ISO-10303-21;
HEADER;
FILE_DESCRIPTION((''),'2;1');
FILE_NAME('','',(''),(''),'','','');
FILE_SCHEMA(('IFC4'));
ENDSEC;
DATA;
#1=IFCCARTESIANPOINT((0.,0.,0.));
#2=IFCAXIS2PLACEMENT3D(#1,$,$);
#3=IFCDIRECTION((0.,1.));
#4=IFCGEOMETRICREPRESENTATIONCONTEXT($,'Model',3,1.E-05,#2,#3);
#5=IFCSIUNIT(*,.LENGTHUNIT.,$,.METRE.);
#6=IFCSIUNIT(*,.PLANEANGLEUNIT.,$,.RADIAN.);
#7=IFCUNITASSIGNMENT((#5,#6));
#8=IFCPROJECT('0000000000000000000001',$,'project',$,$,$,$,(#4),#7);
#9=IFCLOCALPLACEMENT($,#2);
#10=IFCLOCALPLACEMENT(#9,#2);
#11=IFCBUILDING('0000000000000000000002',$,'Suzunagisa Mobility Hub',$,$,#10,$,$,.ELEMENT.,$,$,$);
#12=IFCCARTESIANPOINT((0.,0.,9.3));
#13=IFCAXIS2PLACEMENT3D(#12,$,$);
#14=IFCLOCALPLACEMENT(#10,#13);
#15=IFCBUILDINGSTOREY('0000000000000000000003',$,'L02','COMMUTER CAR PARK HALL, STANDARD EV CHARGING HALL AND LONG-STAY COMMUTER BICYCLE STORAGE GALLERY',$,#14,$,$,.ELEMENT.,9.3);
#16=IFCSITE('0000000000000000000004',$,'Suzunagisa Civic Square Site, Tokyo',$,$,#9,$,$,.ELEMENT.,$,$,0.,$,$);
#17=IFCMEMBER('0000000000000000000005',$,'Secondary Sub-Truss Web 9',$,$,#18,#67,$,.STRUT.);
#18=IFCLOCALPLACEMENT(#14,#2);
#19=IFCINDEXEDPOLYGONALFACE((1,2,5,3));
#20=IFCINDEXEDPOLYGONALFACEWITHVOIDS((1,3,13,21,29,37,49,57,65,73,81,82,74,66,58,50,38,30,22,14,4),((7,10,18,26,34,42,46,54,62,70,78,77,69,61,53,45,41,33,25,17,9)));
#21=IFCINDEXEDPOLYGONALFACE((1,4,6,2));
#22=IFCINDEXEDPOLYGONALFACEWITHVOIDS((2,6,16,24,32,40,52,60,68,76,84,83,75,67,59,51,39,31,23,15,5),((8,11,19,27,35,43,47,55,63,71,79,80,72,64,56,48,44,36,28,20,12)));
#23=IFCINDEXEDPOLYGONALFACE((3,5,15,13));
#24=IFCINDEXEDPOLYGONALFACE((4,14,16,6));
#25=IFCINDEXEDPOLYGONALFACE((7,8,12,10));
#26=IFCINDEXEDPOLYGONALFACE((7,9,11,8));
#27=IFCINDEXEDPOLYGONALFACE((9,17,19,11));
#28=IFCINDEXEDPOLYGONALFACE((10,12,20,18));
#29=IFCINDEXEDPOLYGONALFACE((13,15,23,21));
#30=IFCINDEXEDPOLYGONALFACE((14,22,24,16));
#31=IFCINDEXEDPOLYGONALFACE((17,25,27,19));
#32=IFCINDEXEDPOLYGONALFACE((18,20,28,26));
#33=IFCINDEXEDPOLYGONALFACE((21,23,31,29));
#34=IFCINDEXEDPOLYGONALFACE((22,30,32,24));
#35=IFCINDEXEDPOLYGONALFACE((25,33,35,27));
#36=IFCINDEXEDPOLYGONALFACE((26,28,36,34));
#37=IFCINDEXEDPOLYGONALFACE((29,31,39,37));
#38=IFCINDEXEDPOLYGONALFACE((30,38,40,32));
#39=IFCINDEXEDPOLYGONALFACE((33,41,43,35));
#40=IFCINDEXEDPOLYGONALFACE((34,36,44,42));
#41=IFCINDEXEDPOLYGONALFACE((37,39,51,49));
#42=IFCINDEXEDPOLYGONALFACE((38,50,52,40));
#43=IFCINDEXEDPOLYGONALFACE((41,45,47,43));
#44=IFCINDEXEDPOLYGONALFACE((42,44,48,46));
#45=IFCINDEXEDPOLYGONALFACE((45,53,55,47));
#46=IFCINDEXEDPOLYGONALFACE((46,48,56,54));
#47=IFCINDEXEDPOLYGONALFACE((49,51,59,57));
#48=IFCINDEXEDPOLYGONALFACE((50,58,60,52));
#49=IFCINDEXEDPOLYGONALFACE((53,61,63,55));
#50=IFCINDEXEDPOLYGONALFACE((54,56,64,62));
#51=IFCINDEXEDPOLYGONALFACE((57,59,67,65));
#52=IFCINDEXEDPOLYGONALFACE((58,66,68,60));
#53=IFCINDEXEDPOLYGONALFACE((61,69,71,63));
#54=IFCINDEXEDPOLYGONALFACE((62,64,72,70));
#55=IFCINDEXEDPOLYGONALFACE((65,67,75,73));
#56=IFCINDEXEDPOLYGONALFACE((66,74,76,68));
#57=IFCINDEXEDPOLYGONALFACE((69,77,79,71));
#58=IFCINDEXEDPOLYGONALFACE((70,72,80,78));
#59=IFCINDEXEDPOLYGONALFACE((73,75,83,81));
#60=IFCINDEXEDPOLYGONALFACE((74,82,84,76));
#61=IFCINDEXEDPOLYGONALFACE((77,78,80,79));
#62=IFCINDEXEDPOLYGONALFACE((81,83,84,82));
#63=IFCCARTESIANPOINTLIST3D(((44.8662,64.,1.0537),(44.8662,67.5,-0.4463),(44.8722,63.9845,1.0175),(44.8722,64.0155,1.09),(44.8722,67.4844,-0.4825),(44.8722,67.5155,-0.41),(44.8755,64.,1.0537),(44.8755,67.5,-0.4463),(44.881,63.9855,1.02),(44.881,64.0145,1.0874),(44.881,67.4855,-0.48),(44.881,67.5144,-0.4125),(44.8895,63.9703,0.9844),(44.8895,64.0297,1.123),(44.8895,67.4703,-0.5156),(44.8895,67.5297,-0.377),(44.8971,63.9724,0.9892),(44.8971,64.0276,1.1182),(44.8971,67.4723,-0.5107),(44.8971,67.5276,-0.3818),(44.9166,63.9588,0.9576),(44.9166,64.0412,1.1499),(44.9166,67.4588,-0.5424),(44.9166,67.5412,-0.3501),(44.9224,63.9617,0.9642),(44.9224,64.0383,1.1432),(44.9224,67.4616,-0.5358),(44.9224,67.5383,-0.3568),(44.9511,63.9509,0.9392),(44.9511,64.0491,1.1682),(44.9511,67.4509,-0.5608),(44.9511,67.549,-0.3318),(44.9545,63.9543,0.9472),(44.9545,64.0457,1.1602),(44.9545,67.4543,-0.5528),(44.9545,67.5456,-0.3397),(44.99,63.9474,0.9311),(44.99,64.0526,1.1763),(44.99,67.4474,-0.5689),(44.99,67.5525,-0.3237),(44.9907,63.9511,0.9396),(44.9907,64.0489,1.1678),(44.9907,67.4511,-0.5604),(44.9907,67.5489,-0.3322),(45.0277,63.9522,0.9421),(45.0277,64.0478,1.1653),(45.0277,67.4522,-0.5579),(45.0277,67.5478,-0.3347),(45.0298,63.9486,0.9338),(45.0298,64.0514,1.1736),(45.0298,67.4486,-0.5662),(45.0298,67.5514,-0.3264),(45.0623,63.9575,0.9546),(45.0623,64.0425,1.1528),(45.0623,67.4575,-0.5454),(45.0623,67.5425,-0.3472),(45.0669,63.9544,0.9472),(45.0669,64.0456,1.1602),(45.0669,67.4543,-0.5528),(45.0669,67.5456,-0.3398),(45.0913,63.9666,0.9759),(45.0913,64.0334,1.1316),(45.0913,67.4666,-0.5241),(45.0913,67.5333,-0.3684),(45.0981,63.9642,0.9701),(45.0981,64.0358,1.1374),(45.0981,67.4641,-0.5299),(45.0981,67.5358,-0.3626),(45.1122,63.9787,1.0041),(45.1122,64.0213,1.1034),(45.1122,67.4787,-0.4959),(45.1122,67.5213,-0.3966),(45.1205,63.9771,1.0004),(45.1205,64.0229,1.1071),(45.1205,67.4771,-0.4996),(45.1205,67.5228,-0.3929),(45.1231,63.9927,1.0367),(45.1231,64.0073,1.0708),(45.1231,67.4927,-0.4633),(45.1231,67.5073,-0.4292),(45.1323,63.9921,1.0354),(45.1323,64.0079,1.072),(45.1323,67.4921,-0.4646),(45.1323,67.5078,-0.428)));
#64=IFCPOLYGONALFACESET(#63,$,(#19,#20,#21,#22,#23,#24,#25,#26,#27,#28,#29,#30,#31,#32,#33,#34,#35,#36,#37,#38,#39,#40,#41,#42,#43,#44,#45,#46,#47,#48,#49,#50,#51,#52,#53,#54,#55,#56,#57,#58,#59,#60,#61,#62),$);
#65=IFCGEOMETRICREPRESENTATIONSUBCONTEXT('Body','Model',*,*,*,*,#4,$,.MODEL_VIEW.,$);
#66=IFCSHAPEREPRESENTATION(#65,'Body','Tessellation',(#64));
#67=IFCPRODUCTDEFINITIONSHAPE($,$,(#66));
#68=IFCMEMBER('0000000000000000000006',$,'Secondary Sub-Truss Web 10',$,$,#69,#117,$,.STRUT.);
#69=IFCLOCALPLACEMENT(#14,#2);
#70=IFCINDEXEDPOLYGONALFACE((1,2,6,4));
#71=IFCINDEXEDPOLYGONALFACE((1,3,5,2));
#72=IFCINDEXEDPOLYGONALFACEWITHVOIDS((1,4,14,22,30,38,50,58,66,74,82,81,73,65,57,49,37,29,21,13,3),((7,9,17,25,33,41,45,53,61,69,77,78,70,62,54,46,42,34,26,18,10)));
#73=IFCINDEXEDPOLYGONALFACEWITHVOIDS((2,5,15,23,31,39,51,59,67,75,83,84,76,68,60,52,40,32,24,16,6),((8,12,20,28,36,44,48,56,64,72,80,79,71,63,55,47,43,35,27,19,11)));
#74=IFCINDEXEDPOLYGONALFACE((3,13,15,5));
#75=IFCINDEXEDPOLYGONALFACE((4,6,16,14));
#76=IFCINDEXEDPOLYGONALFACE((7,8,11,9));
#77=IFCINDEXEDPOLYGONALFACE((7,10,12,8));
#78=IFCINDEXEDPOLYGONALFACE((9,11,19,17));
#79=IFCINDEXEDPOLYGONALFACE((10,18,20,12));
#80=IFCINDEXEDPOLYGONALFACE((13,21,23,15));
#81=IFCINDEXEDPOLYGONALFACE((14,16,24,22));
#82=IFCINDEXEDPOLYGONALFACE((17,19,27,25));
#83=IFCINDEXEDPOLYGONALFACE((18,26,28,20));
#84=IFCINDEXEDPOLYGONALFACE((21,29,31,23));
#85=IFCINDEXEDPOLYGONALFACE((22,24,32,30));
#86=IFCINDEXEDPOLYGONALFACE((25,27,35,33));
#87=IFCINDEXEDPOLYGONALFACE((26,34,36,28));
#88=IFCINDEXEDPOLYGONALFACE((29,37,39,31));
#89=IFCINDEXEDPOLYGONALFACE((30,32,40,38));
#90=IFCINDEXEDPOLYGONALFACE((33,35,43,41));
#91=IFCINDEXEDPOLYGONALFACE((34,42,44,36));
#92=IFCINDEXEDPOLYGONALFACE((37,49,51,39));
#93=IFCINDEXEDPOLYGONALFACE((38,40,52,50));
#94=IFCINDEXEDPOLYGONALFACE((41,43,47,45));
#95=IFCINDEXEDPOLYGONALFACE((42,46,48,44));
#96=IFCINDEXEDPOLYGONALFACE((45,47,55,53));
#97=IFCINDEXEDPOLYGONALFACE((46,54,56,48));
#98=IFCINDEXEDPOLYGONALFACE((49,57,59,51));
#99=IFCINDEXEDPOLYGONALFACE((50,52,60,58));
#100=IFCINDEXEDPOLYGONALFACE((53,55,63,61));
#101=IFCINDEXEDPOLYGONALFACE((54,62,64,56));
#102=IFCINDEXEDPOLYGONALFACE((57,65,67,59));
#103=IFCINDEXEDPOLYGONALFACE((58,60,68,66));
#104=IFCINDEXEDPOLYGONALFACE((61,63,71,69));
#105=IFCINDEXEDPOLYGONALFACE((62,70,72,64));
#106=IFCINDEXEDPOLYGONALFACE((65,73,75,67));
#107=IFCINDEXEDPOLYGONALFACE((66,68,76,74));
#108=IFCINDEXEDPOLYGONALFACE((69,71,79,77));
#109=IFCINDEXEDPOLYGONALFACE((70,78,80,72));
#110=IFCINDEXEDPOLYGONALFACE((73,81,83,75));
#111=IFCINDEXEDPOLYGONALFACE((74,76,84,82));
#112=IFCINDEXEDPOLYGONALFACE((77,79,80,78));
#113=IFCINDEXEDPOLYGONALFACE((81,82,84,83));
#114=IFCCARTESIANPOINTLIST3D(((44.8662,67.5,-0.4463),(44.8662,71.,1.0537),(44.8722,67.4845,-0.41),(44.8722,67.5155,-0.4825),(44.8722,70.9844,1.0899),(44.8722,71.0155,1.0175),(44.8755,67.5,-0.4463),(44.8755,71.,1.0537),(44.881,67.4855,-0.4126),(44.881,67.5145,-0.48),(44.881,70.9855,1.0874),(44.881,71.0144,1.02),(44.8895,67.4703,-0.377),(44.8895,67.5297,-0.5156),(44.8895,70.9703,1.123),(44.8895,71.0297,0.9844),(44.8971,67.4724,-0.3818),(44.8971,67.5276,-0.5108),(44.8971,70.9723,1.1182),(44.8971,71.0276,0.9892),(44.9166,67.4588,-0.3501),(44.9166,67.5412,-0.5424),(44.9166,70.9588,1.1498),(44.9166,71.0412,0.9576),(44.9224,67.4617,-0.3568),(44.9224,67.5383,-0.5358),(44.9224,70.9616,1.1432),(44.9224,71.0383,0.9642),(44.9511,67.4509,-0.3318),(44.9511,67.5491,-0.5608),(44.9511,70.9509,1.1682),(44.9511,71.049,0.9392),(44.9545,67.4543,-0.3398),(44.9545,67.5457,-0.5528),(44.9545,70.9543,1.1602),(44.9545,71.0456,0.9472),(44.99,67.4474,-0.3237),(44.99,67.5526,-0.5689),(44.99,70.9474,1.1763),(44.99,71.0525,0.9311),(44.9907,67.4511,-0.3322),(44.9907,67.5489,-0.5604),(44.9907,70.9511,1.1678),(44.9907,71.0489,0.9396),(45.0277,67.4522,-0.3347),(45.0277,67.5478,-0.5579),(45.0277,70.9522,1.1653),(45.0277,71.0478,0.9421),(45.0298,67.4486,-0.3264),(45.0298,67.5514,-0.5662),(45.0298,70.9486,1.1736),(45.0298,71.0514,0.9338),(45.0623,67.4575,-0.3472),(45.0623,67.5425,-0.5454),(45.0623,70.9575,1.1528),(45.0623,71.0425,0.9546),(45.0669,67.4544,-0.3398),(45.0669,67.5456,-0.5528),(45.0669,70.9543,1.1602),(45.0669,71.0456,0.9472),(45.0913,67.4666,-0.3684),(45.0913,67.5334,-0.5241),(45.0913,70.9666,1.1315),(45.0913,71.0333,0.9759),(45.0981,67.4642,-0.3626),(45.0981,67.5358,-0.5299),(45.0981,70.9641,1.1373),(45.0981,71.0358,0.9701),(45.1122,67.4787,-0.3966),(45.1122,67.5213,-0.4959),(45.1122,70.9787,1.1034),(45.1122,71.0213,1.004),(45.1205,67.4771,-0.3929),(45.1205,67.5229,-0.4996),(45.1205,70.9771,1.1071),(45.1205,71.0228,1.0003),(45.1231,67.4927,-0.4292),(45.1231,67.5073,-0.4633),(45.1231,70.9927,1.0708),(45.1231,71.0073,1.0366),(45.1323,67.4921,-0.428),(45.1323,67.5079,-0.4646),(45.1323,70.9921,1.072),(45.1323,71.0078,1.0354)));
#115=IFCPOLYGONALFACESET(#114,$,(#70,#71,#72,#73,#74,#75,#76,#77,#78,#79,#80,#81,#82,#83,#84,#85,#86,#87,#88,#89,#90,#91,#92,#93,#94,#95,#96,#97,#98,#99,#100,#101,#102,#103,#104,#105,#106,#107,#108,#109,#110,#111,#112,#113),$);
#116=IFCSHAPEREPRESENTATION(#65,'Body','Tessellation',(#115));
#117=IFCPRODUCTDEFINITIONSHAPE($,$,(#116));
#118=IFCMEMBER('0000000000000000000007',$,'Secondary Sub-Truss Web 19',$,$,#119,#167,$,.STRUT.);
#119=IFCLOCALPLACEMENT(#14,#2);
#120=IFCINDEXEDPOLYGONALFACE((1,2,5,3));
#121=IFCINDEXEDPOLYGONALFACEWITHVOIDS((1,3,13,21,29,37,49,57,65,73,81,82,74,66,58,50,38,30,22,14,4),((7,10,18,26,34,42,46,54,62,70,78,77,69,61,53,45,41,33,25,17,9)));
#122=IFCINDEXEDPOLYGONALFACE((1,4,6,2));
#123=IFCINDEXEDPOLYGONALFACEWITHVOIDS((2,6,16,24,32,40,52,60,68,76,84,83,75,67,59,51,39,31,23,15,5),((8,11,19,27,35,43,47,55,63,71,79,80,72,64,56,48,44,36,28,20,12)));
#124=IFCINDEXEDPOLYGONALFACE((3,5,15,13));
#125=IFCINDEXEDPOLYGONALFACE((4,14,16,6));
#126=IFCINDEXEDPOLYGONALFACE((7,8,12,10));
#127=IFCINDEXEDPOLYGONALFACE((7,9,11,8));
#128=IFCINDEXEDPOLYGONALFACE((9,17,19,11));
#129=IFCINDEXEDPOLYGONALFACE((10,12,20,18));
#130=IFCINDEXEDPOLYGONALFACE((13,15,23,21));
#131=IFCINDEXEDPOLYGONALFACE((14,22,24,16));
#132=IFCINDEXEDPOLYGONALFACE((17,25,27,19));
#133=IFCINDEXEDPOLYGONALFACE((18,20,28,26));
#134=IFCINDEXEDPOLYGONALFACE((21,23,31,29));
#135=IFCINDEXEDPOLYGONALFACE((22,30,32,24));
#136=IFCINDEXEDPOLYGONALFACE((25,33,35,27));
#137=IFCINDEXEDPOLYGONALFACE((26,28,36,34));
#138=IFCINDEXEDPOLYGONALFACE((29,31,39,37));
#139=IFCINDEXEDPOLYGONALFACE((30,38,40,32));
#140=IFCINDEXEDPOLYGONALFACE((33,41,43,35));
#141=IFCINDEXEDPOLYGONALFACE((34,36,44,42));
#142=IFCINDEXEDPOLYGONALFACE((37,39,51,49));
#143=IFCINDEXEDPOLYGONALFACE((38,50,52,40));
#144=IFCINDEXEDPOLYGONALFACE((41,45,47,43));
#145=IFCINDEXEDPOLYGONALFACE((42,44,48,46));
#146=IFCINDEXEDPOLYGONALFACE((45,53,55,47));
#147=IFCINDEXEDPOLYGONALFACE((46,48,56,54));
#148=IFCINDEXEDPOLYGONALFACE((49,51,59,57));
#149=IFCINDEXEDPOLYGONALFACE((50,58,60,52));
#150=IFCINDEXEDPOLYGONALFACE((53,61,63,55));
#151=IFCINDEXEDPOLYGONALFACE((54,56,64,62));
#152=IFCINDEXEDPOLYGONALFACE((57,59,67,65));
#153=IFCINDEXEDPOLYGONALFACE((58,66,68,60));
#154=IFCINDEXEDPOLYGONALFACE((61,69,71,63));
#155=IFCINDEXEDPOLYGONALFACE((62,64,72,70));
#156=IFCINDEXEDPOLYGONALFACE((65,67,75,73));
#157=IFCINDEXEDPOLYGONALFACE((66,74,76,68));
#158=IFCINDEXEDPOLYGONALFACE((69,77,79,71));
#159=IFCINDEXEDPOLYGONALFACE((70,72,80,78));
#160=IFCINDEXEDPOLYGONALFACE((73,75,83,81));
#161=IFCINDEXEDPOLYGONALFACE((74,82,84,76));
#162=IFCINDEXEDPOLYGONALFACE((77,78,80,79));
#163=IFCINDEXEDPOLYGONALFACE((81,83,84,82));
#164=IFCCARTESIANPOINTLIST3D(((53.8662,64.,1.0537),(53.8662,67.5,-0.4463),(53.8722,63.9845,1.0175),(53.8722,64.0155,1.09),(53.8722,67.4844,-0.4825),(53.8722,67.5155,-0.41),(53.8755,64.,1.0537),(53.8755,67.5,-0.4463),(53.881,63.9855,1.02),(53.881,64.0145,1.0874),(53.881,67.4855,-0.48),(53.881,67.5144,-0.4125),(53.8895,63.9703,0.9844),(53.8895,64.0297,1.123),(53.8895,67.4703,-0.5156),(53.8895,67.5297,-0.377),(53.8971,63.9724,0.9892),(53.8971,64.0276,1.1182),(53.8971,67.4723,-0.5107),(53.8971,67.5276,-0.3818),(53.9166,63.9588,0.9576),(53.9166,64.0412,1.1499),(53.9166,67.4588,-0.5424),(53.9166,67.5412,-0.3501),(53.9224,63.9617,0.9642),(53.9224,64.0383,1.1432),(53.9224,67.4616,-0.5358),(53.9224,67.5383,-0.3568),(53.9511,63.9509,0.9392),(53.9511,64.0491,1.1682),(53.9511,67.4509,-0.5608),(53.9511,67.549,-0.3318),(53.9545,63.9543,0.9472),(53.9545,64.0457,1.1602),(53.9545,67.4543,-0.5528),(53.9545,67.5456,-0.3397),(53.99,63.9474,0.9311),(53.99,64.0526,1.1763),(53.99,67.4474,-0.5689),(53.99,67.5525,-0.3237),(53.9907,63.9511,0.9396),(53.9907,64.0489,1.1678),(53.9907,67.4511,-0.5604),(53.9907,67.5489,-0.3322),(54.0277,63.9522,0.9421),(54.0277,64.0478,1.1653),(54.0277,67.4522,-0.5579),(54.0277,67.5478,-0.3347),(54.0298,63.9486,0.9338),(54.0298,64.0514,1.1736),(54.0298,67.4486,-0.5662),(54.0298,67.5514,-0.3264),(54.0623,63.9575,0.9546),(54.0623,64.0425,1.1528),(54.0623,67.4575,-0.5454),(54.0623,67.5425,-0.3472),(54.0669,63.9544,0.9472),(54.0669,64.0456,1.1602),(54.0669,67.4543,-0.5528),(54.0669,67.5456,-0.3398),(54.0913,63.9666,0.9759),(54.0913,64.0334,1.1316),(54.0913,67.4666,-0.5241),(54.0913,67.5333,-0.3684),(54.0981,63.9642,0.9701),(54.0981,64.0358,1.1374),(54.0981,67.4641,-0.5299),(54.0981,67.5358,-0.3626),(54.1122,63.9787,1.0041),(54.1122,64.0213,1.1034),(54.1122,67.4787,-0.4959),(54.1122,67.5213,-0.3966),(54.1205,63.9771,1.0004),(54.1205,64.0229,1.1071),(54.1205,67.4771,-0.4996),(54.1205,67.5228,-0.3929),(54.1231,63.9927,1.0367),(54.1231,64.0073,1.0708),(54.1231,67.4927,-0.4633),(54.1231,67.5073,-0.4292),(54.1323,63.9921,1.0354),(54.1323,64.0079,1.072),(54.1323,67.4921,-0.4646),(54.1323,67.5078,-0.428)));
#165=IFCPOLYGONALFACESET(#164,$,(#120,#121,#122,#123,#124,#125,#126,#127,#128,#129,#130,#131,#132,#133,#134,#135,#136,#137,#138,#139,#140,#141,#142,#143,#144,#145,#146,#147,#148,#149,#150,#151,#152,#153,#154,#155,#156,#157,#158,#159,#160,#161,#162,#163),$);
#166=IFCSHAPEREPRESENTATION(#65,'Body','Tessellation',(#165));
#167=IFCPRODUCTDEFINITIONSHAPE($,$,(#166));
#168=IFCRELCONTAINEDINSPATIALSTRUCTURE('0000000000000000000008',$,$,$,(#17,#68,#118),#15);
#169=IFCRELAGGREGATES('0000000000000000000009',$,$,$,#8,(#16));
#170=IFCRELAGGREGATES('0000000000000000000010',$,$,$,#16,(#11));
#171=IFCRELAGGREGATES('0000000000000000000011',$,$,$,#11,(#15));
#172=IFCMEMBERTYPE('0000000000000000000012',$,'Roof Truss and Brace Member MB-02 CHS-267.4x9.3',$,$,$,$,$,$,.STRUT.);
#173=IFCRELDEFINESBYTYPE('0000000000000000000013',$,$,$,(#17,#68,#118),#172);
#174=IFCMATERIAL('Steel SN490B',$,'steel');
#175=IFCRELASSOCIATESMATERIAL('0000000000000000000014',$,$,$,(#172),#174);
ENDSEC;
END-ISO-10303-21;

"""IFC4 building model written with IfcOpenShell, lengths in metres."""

from ifc_helpers import new_model, si_unit, direction, frame, origin, origin_2d, place, context, subcontext, project, spatial, hollow_circle, extrude, material, material_profile, profile_set, type_object, element, save


model = new_model("IFC4")

# Units and contexts
model_context = context("Model", 3, precision=1e-05, world=origin(), true_north=direction((0.0, 1.0)))
body_context = subcontext(model_context, "Body", "Model", "MODEL_VIEW")
ifc_project = project(units=[si_unit("LENGTHUNIT", "METRE"), si_unit("PLANEANGLEUNIT", "RADIAN")], contexts=[model_context])

# Site, building, storey
site_placement = place(None, origin())
site = spatial("IfcSite", under=ifc_project, at=site_placement, Name="Suzunagisa Civic Square Site, Tokyo", CompositionType="ELEMENT", RefElevation=0.0)
building_placement = place(site_placement, origin())
building = spatial("IfcBuilding", under=site, at=building_placement, Name="Suzunagisa Mobility Hub", CompositionType="ELEMENT")
storey_placement = place(building_placement, frame((0.0, 0.0, 9.3)))
storey = spatial("IfcBuildingStorey", under=building, at=storey_placement, Name="L02", Description="COMMUTER CAR PARK HALL, STANDARD EV CHARGING HALL AND LONG-STAY COMMUTER BICYCLE STORAGE GALLERY", CompositionType="ELEMENT", Elevation=9.3)

# Shared definitions
ifc_material_1 = material(Name="Steel SN490B", Category="steel")

# Members
ifc_material_profile_1 = material_profile(ifc_material_1, hollow_circle(Radius=0.1338, WallThickness=0.0093, at=origin_2d()), Name="CHS-267.4x9.3")
ifc_profile_set_1 = profile_set([ifc_material_profile_1], Name="Steel SN490B")
member_type_1 = type_object("IfcMemberType", Name="Roof Truss and Brace Member MB-02 CHS-267.4x9.3", PredefinedType="STRUT", material=ifc_profile_set_1)
for number, where, z_axis, x_axis, name in (
    (1, (45.0, 64.0, 1.0537), (0.0, 0.919145, -0.393919), (-1.0, 0.0, 0.0), "Secondary Sub-Truss Web 9"),
    (2, (45.0, 67.5, -0.4463), (0.0, 0.919145, 0.393919), (-1.0, 0.0, 0.0), "Secondary Sub-Truss Web 10"),
    (3, (54.0, 64.0, 1.0537), (0.0, 0.919145, -0.393919), (-1.0, 0.0, 0.0), "Secondary Sub-Truss Web 19"),
):
    element("IfcMember", number, at=place(storey_placement, frame(where, z_axis=z_axis, x_axis=x_axis)), inside=storey, type_object=member_type_1, Name=name, PredefinedType="STRUT", context=body_context, shape_type="SweptSolid", body=[
        extrude(hollow_circle(Radius=0.1338, WallThickness=0.0093, at=origin_2d()), origin(), (0.0, 0.0, 1.0), 3.8079),
    ])

save(model, "model.ifc")
